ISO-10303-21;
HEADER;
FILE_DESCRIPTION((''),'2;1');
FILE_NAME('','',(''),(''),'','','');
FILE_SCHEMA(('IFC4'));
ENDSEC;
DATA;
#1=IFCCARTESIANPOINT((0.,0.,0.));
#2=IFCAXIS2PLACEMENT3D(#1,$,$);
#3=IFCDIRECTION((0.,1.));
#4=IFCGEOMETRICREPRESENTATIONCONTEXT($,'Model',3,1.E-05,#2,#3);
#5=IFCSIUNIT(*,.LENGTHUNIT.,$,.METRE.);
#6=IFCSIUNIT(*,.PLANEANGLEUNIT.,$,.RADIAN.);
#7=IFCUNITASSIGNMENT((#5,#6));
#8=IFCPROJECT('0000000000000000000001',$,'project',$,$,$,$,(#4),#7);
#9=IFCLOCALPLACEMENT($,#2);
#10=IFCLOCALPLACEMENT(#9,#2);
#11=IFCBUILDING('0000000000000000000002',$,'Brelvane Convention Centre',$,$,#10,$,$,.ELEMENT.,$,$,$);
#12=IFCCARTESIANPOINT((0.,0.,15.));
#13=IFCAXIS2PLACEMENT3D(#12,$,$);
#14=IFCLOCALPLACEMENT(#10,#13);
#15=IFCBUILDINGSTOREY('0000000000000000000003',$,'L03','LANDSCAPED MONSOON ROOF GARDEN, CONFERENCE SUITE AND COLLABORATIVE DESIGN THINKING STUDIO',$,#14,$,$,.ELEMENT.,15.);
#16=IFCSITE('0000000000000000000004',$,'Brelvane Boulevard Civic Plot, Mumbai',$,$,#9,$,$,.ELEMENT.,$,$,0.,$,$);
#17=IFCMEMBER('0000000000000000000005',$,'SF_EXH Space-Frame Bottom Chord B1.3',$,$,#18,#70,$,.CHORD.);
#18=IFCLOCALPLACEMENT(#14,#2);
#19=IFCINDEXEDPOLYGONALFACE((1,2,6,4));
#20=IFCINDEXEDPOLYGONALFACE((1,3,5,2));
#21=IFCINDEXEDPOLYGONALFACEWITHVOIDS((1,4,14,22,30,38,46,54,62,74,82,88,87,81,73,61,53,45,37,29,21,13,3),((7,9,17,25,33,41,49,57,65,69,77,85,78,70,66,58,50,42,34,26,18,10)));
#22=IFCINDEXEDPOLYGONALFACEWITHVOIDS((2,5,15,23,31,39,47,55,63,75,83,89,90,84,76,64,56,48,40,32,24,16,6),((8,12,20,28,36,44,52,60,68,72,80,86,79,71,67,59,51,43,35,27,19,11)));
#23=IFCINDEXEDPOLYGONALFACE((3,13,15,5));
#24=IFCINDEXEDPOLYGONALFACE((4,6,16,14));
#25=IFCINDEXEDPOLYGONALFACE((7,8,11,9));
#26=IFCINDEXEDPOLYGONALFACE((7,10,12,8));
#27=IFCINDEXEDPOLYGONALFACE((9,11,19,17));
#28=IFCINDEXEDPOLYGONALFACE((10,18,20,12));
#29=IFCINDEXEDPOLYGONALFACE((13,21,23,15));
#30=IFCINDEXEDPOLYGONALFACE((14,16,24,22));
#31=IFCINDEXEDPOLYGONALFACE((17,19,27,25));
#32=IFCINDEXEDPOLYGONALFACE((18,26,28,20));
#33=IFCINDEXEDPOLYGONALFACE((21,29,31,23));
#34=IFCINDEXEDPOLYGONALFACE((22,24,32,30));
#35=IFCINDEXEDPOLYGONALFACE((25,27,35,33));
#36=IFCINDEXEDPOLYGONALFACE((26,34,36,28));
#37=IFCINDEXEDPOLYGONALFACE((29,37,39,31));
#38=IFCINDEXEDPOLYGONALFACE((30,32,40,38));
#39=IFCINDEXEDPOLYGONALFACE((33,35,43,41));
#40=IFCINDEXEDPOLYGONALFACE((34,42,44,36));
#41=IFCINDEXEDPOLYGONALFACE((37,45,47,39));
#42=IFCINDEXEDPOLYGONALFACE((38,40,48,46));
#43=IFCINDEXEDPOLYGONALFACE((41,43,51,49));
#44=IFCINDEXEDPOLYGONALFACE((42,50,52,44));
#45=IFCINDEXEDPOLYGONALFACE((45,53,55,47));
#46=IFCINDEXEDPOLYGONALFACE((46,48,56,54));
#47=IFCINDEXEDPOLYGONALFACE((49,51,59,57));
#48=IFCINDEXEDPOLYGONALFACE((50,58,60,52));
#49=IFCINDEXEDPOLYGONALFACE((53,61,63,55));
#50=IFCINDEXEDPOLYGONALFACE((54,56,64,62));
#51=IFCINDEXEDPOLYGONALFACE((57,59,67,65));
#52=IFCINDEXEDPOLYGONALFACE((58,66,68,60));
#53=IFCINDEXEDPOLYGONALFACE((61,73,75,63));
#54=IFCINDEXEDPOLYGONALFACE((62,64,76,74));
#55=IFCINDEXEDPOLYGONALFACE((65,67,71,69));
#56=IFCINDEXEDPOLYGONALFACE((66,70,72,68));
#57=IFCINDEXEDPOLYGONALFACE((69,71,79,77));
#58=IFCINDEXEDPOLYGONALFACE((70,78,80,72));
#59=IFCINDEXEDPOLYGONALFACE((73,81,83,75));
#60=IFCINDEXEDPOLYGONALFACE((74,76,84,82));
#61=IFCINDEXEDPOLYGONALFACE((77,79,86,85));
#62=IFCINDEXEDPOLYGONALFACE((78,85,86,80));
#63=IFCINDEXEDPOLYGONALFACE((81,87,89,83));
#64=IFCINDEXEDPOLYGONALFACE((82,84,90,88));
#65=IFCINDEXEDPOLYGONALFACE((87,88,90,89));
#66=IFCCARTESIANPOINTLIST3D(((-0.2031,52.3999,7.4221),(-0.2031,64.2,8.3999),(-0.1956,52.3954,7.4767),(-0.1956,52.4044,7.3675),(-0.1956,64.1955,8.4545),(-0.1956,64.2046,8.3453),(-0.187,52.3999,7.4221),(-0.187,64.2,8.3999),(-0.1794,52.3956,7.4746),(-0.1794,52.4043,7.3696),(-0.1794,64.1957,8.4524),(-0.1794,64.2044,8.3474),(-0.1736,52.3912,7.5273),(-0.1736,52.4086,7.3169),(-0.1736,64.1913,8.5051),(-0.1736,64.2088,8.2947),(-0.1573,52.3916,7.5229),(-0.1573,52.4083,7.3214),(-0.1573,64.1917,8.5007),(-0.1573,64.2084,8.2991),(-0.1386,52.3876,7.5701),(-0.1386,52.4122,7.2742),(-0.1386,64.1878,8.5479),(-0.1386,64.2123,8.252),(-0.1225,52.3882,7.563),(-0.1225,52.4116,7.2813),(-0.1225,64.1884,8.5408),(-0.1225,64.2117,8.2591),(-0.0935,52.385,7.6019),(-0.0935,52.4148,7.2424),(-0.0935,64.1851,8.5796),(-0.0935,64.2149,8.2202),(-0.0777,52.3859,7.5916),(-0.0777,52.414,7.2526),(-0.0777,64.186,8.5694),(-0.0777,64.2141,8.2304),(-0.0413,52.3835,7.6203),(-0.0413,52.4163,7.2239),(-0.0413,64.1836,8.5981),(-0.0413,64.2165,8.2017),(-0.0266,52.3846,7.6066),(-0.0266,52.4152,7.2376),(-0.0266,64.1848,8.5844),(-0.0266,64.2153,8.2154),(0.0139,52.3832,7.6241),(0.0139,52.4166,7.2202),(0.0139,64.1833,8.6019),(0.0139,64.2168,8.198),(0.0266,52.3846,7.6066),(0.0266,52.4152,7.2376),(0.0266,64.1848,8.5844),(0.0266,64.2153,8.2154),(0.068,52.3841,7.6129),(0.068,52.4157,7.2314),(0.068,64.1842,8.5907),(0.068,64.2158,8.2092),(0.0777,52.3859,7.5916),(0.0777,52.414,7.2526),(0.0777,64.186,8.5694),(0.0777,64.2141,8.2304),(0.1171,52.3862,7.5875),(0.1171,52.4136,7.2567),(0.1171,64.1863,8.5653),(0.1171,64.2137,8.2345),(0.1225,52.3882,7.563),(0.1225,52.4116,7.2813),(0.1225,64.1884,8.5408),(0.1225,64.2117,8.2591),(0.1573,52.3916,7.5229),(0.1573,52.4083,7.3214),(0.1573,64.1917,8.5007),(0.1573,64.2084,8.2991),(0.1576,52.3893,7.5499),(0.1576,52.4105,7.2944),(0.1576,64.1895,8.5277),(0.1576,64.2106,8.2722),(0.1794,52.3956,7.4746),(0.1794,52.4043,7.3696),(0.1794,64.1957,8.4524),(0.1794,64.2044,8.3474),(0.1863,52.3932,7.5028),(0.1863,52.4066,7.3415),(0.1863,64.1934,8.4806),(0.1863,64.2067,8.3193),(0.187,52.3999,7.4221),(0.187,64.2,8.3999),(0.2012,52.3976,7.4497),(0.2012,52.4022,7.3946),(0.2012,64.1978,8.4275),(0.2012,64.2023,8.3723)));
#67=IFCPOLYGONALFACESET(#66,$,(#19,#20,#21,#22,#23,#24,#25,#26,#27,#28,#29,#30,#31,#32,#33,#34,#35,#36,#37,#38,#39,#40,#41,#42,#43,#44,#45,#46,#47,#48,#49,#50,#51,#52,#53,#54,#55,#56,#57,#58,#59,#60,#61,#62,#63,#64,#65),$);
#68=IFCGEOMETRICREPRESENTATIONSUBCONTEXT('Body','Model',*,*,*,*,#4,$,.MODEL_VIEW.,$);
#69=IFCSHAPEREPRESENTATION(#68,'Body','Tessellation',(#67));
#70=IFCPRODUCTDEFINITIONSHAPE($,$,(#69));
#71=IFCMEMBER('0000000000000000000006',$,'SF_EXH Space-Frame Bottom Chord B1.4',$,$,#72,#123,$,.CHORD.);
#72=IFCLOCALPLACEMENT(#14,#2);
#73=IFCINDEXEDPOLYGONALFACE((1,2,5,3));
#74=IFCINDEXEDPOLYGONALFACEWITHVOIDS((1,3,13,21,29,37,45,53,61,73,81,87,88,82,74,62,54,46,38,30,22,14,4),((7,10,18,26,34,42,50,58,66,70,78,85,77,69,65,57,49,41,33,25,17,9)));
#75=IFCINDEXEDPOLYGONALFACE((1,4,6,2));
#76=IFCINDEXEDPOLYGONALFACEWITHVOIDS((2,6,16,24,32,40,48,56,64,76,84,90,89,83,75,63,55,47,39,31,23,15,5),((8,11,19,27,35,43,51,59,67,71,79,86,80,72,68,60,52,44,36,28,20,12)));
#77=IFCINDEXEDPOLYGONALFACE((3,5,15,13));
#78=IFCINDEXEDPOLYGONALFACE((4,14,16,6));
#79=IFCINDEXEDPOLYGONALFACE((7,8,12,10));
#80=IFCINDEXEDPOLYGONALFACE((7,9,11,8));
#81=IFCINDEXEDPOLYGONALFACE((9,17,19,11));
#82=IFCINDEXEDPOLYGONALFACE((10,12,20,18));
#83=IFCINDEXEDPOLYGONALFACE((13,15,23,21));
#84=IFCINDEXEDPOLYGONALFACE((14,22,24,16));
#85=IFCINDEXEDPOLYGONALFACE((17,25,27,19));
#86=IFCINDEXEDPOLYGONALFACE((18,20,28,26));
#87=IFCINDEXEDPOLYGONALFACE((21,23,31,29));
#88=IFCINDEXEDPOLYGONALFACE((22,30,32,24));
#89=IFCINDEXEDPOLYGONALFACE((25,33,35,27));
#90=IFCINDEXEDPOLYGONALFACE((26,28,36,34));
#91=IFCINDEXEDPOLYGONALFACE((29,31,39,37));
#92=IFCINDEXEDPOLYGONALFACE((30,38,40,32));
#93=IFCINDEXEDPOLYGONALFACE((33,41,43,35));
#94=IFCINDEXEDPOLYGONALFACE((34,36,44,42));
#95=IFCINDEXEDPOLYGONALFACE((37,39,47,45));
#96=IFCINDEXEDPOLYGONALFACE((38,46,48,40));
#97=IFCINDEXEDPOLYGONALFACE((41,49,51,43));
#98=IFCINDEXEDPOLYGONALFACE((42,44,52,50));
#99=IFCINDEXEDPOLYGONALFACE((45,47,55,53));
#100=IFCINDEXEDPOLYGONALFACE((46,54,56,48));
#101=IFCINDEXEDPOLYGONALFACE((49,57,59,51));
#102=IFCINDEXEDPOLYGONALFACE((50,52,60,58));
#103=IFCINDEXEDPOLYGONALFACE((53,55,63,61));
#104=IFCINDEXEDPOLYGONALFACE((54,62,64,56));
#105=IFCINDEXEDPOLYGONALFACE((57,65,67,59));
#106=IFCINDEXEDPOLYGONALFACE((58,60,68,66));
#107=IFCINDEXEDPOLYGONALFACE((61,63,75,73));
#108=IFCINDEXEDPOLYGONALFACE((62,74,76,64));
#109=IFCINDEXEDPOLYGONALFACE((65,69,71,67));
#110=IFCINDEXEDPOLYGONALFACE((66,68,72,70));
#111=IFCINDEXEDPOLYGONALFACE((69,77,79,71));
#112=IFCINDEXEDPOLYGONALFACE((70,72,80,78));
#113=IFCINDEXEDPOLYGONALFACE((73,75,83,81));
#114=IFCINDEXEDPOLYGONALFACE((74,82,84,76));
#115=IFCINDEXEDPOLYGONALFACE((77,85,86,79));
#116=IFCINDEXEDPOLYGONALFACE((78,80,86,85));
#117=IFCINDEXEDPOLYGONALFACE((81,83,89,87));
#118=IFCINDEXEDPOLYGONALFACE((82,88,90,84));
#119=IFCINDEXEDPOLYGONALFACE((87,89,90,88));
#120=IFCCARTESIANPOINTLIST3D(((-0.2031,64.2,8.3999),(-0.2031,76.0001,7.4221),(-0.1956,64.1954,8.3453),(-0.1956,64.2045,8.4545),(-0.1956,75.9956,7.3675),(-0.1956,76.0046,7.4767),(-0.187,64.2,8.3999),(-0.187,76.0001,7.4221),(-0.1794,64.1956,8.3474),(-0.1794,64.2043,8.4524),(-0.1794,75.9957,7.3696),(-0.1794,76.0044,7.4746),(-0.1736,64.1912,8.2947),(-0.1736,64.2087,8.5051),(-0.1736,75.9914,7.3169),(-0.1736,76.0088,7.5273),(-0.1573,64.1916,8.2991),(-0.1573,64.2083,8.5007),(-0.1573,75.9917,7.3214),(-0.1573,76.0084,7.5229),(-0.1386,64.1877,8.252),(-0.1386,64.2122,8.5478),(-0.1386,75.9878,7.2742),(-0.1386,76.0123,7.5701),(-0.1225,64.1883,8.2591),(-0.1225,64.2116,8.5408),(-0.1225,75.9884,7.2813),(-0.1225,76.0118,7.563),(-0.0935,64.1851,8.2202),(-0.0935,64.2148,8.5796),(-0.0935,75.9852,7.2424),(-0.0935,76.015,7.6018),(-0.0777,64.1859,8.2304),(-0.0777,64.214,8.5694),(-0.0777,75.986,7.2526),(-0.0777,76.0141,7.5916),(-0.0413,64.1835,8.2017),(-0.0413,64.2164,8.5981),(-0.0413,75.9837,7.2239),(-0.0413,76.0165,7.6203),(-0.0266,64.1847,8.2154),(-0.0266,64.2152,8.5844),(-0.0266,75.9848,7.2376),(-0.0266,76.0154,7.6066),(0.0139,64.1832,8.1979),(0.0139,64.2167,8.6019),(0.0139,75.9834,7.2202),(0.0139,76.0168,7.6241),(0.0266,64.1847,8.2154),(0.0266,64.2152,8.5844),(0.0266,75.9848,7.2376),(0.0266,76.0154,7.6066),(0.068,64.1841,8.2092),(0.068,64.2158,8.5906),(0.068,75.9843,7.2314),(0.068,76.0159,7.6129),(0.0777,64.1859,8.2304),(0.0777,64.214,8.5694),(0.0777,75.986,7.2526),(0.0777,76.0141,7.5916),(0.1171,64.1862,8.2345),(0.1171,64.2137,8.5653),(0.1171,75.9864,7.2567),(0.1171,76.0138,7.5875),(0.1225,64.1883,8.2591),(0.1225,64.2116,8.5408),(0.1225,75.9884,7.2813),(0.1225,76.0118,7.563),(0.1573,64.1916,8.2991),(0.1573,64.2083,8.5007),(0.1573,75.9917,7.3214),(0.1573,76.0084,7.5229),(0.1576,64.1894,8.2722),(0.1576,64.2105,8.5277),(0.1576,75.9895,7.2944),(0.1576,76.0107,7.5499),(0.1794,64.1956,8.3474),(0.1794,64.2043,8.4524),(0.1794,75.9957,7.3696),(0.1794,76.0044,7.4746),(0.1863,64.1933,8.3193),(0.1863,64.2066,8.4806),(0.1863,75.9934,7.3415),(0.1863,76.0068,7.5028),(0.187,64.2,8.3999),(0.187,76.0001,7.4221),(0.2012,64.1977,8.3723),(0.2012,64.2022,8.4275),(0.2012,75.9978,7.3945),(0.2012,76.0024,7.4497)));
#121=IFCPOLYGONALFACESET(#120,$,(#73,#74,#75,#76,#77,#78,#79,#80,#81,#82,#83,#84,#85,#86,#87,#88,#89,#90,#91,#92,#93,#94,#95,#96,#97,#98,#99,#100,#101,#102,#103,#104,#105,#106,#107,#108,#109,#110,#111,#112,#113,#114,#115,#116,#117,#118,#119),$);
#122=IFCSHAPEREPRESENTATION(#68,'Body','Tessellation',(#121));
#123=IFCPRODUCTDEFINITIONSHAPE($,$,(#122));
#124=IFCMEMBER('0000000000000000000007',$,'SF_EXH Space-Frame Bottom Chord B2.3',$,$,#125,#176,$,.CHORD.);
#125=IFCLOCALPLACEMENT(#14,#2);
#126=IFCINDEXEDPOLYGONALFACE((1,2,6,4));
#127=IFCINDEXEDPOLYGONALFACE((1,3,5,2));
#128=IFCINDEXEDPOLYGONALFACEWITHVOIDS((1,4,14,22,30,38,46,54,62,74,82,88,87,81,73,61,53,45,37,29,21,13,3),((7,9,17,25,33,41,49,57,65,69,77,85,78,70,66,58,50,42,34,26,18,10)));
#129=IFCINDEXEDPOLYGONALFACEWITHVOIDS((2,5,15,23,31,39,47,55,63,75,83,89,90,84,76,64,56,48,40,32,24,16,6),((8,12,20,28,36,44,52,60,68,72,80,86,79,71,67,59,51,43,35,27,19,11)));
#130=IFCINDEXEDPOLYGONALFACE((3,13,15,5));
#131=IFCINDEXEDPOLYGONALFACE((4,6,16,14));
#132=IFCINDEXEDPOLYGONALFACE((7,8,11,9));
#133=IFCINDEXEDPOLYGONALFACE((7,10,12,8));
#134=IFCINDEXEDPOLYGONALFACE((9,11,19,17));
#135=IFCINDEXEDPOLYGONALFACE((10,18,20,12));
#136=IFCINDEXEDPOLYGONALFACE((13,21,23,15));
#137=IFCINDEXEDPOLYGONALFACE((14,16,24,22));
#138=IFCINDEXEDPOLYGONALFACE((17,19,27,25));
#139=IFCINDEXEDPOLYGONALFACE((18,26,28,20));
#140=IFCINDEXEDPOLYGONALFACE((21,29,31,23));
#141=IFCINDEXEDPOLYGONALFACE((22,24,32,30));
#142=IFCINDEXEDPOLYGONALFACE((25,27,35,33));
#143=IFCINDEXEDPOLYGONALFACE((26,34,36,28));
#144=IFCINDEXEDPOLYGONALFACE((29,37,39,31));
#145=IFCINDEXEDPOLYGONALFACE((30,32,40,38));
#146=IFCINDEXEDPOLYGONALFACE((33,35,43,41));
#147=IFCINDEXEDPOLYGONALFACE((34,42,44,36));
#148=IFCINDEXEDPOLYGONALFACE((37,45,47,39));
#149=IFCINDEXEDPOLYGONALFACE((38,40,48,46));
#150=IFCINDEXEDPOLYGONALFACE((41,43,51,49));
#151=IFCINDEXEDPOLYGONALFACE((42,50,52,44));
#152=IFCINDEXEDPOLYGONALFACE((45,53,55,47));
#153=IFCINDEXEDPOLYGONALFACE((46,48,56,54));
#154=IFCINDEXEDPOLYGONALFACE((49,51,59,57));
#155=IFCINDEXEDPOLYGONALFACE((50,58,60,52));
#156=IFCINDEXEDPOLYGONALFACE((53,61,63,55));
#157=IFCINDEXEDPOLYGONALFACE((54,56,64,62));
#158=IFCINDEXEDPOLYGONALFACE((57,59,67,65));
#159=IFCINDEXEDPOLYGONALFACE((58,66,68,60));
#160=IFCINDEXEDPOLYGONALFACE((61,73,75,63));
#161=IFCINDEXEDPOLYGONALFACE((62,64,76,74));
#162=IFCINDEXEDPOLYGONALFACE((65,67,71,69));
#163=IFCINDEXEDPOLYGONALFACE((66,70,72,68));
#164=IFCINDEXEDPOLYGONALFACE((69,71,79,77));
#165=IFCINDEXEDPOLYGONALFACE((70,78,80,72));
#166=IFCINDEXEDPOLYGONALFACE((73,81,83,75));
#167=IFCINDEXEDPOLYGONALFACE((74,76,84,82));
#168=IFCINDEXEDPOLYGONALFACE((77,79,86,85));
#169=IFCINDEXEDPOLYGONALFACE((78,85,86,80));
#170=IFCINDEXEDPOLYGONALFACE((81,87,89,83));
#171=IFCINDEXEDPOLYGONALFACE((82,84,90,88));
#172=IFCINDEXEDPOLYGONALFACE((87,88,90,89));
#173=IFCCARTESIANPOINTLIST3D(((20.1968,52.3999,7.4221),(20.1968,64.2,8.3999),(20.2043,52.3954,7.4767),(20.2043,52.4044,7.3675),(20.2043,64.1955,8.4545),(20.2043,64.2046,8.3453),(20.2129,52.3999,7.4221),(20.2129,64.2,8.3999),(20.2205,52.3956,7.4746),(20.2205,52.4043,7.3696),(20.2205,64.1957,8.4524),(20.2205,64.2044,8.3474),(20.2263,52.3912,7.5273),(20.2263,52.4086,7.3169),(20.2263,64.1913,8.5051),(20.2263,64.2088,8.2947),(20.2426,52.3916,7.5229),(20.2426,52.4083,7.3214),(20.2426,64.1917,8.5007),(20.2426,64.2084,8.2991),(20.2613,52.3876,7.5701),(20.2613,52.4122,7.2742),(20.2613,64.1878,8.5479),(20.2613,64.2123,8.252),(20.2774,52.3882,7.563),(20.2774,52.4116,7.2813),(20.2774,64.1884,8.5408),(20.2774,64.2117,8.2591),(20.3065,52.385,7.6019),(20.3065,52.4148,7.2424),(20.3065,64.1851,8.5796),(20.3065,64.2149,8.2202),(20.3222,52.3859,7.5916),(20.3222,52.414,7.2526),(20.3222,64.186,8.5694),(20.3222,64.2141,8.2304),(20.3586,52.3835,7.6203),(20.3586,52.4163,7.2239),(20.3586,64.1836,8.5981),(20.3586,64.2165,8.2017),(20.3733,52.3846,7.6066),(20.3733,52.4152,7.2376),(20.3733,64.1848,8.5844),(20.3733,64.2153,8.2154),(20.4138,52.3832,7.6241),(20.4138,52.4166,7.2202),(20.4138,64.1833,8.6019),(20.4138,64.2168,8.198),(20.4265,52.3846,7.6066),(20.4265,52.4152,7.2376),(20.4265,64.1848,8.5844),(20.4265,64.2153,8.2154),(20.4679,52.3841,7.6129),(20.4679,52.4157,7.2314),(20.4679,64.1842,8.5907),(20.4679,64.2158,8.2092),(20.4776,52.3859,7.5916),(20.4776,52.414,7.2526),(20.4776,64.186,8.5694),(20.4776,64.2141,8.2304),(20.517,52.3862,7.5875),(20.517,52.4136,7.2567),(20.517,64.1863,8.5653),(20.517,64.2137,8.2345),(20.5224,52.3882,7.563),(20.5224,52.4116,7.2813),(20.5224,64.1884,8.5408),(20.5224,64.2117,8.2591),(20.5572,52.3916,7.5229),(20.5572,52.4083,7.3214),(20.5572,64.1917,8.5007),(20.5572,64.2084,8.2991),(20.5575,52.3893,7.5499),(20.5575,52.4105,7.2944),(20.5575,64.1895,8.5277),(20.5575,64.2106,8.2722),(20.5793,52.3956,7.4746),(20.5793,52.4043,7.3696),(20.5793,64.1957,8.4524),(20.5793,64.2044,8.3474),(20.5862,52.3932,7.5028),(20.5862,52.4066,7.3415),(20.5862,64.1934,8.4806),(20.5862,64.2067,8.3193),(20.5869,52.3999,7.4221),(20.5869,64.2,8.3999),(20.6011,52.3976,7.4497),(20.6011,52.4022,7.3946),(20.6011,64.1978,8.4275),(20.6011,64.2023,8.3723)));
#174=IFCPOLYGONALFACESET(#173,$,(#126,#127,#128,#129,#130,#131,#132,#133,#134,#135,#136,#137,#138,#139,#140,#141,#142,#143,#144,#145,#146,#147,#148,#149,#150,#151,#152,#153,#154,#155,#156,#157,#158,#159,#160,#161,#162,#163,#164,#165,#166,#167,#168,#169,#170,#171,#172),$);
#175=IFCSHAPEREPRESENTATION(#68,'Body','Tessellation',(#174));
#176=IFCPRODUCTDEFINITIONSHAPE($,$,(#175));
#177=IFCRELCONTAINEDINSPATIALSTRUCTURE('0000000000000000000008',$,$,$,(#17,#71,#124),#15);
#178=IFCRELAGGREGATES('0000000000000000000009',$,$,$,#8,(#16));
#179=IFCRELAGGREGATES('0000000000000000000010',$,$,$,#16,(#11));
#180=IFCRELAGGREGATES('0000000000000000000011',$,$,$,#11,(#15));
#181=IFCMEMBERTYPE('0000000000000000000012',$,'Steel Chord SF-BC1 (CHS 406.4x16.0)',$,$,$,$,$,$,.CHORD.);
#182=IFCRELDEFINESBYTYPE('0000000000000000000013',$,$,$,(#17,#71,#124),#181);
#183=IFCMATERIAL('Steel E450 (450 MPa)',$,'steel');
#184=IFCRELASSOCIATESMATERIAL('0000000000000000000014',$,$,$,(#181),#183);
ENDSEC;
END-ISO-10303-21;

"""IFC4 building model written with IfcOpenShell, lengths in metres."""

from ifc_helpers import new_model, si_unit, direction, frame, origin, origin_2d, place, context, subcontext, project, spatial, hollow_circle, extrude, material, material_profile, profile_set, type_object, element, save


model = new_model("IFC4")

# Units and contexts
model_context = context("Model", 3, precision=1e-05, world=origin(), true_north=direction((0.0, 1.0)))
body_context = subcontext(model_context, "Body", "Model", "MODEL_VIEW")
ifc_project = project(units=[si_unit("LENGTHUNIT", "METRE"), si_unit("PLANEANGLEUNIT", "RADIAN")], contexts=[model_context])

# Site, building, storey
site_placement = place(None, origin())
site = spatial("IfcSite", under=ifc_project, at=site_placement, Name="Brelvane Boulevard Civic Plot, Mumbai", CompositionType="ELEMENT", RefElevation=0.0)
building_placement = place(site_placement, origin())
building = spatial("IfcBuilding", under=site, at=building_placement, Name="Brelvane Convention Centre", CompositionType="ELEMENT")
storey_placement = place(building_placement, frame((0.0, 0.0, 15.0)))
storey = spatial("IfcBuildingStorey", under=building, at=storey_placement, Name="L03", Description="LANDSCAPED MONSOON ROOF GARDEN, CONFERENCE SUITE AND COLLABORATIVE DESIGN THINKING STUDIO", CompositionType="ELEMENT", Elevation=15.0)

# Members
ifc_material_1 = material(Name="Steel E450 (450 MPa)", Category="steel")
ifc_material_profile_1 = material_profile(ifc_material_1, hollow_circle(Radius=0.2031, WallThickness=0.0161, at=origin_2d()), Name="CHS 406.4x16.0")
ifc_profile_set_1 = profile_set([ifc_material_profile_1], Name="Steel E450 (450 MPa)")
member_type_1 = type_object("IfcMemberType", Name="Steel Chord SF-BC1 (CHS 406.4x16.0)", PredefinedType="CHORD", material=ifc_profile_set_1)
for number, where, z_axis, x_axis, name in (
    (1, (0.0, 52.3999, 7.4221), (0.0, 0.996584, 0.08258), (-1.0, 0.0, 0.0), "SF_EXH Space-Frame Bottom Chord B1.3"),
    (2, (0.0, 64.2, 8.3999), (0.0, 0.996584, -0.08258), (-1.0, 0.0, 0.0), "SF_EXH Space-Frame Bottom Chord B1.4"),
    (3, (20.3999, 52.3999, 7.4221), (0.0, 0.996584, 0.08258), (-1.0, 0.0, 0.0), "SF_EXH Space-Frame Bottom Chord B2.3"),
):
    element("IfcMember", number, at=place(storey_placement, frame(where, z_axis=z_axis, x_axis=x_axis)), inside=storey, type_object=member_type_1, Name=name, PredefinedType="CHORD", context=body_context, shape_type="SweptSolid", body=[
        extrude(hollow_circle(Radius=0.2031, WallThickness=0.0161, at=origin_2d()), origin(), (0.0, 0.0, 1.0), 11.8406),
    ])

save(model, "model.ifc")
